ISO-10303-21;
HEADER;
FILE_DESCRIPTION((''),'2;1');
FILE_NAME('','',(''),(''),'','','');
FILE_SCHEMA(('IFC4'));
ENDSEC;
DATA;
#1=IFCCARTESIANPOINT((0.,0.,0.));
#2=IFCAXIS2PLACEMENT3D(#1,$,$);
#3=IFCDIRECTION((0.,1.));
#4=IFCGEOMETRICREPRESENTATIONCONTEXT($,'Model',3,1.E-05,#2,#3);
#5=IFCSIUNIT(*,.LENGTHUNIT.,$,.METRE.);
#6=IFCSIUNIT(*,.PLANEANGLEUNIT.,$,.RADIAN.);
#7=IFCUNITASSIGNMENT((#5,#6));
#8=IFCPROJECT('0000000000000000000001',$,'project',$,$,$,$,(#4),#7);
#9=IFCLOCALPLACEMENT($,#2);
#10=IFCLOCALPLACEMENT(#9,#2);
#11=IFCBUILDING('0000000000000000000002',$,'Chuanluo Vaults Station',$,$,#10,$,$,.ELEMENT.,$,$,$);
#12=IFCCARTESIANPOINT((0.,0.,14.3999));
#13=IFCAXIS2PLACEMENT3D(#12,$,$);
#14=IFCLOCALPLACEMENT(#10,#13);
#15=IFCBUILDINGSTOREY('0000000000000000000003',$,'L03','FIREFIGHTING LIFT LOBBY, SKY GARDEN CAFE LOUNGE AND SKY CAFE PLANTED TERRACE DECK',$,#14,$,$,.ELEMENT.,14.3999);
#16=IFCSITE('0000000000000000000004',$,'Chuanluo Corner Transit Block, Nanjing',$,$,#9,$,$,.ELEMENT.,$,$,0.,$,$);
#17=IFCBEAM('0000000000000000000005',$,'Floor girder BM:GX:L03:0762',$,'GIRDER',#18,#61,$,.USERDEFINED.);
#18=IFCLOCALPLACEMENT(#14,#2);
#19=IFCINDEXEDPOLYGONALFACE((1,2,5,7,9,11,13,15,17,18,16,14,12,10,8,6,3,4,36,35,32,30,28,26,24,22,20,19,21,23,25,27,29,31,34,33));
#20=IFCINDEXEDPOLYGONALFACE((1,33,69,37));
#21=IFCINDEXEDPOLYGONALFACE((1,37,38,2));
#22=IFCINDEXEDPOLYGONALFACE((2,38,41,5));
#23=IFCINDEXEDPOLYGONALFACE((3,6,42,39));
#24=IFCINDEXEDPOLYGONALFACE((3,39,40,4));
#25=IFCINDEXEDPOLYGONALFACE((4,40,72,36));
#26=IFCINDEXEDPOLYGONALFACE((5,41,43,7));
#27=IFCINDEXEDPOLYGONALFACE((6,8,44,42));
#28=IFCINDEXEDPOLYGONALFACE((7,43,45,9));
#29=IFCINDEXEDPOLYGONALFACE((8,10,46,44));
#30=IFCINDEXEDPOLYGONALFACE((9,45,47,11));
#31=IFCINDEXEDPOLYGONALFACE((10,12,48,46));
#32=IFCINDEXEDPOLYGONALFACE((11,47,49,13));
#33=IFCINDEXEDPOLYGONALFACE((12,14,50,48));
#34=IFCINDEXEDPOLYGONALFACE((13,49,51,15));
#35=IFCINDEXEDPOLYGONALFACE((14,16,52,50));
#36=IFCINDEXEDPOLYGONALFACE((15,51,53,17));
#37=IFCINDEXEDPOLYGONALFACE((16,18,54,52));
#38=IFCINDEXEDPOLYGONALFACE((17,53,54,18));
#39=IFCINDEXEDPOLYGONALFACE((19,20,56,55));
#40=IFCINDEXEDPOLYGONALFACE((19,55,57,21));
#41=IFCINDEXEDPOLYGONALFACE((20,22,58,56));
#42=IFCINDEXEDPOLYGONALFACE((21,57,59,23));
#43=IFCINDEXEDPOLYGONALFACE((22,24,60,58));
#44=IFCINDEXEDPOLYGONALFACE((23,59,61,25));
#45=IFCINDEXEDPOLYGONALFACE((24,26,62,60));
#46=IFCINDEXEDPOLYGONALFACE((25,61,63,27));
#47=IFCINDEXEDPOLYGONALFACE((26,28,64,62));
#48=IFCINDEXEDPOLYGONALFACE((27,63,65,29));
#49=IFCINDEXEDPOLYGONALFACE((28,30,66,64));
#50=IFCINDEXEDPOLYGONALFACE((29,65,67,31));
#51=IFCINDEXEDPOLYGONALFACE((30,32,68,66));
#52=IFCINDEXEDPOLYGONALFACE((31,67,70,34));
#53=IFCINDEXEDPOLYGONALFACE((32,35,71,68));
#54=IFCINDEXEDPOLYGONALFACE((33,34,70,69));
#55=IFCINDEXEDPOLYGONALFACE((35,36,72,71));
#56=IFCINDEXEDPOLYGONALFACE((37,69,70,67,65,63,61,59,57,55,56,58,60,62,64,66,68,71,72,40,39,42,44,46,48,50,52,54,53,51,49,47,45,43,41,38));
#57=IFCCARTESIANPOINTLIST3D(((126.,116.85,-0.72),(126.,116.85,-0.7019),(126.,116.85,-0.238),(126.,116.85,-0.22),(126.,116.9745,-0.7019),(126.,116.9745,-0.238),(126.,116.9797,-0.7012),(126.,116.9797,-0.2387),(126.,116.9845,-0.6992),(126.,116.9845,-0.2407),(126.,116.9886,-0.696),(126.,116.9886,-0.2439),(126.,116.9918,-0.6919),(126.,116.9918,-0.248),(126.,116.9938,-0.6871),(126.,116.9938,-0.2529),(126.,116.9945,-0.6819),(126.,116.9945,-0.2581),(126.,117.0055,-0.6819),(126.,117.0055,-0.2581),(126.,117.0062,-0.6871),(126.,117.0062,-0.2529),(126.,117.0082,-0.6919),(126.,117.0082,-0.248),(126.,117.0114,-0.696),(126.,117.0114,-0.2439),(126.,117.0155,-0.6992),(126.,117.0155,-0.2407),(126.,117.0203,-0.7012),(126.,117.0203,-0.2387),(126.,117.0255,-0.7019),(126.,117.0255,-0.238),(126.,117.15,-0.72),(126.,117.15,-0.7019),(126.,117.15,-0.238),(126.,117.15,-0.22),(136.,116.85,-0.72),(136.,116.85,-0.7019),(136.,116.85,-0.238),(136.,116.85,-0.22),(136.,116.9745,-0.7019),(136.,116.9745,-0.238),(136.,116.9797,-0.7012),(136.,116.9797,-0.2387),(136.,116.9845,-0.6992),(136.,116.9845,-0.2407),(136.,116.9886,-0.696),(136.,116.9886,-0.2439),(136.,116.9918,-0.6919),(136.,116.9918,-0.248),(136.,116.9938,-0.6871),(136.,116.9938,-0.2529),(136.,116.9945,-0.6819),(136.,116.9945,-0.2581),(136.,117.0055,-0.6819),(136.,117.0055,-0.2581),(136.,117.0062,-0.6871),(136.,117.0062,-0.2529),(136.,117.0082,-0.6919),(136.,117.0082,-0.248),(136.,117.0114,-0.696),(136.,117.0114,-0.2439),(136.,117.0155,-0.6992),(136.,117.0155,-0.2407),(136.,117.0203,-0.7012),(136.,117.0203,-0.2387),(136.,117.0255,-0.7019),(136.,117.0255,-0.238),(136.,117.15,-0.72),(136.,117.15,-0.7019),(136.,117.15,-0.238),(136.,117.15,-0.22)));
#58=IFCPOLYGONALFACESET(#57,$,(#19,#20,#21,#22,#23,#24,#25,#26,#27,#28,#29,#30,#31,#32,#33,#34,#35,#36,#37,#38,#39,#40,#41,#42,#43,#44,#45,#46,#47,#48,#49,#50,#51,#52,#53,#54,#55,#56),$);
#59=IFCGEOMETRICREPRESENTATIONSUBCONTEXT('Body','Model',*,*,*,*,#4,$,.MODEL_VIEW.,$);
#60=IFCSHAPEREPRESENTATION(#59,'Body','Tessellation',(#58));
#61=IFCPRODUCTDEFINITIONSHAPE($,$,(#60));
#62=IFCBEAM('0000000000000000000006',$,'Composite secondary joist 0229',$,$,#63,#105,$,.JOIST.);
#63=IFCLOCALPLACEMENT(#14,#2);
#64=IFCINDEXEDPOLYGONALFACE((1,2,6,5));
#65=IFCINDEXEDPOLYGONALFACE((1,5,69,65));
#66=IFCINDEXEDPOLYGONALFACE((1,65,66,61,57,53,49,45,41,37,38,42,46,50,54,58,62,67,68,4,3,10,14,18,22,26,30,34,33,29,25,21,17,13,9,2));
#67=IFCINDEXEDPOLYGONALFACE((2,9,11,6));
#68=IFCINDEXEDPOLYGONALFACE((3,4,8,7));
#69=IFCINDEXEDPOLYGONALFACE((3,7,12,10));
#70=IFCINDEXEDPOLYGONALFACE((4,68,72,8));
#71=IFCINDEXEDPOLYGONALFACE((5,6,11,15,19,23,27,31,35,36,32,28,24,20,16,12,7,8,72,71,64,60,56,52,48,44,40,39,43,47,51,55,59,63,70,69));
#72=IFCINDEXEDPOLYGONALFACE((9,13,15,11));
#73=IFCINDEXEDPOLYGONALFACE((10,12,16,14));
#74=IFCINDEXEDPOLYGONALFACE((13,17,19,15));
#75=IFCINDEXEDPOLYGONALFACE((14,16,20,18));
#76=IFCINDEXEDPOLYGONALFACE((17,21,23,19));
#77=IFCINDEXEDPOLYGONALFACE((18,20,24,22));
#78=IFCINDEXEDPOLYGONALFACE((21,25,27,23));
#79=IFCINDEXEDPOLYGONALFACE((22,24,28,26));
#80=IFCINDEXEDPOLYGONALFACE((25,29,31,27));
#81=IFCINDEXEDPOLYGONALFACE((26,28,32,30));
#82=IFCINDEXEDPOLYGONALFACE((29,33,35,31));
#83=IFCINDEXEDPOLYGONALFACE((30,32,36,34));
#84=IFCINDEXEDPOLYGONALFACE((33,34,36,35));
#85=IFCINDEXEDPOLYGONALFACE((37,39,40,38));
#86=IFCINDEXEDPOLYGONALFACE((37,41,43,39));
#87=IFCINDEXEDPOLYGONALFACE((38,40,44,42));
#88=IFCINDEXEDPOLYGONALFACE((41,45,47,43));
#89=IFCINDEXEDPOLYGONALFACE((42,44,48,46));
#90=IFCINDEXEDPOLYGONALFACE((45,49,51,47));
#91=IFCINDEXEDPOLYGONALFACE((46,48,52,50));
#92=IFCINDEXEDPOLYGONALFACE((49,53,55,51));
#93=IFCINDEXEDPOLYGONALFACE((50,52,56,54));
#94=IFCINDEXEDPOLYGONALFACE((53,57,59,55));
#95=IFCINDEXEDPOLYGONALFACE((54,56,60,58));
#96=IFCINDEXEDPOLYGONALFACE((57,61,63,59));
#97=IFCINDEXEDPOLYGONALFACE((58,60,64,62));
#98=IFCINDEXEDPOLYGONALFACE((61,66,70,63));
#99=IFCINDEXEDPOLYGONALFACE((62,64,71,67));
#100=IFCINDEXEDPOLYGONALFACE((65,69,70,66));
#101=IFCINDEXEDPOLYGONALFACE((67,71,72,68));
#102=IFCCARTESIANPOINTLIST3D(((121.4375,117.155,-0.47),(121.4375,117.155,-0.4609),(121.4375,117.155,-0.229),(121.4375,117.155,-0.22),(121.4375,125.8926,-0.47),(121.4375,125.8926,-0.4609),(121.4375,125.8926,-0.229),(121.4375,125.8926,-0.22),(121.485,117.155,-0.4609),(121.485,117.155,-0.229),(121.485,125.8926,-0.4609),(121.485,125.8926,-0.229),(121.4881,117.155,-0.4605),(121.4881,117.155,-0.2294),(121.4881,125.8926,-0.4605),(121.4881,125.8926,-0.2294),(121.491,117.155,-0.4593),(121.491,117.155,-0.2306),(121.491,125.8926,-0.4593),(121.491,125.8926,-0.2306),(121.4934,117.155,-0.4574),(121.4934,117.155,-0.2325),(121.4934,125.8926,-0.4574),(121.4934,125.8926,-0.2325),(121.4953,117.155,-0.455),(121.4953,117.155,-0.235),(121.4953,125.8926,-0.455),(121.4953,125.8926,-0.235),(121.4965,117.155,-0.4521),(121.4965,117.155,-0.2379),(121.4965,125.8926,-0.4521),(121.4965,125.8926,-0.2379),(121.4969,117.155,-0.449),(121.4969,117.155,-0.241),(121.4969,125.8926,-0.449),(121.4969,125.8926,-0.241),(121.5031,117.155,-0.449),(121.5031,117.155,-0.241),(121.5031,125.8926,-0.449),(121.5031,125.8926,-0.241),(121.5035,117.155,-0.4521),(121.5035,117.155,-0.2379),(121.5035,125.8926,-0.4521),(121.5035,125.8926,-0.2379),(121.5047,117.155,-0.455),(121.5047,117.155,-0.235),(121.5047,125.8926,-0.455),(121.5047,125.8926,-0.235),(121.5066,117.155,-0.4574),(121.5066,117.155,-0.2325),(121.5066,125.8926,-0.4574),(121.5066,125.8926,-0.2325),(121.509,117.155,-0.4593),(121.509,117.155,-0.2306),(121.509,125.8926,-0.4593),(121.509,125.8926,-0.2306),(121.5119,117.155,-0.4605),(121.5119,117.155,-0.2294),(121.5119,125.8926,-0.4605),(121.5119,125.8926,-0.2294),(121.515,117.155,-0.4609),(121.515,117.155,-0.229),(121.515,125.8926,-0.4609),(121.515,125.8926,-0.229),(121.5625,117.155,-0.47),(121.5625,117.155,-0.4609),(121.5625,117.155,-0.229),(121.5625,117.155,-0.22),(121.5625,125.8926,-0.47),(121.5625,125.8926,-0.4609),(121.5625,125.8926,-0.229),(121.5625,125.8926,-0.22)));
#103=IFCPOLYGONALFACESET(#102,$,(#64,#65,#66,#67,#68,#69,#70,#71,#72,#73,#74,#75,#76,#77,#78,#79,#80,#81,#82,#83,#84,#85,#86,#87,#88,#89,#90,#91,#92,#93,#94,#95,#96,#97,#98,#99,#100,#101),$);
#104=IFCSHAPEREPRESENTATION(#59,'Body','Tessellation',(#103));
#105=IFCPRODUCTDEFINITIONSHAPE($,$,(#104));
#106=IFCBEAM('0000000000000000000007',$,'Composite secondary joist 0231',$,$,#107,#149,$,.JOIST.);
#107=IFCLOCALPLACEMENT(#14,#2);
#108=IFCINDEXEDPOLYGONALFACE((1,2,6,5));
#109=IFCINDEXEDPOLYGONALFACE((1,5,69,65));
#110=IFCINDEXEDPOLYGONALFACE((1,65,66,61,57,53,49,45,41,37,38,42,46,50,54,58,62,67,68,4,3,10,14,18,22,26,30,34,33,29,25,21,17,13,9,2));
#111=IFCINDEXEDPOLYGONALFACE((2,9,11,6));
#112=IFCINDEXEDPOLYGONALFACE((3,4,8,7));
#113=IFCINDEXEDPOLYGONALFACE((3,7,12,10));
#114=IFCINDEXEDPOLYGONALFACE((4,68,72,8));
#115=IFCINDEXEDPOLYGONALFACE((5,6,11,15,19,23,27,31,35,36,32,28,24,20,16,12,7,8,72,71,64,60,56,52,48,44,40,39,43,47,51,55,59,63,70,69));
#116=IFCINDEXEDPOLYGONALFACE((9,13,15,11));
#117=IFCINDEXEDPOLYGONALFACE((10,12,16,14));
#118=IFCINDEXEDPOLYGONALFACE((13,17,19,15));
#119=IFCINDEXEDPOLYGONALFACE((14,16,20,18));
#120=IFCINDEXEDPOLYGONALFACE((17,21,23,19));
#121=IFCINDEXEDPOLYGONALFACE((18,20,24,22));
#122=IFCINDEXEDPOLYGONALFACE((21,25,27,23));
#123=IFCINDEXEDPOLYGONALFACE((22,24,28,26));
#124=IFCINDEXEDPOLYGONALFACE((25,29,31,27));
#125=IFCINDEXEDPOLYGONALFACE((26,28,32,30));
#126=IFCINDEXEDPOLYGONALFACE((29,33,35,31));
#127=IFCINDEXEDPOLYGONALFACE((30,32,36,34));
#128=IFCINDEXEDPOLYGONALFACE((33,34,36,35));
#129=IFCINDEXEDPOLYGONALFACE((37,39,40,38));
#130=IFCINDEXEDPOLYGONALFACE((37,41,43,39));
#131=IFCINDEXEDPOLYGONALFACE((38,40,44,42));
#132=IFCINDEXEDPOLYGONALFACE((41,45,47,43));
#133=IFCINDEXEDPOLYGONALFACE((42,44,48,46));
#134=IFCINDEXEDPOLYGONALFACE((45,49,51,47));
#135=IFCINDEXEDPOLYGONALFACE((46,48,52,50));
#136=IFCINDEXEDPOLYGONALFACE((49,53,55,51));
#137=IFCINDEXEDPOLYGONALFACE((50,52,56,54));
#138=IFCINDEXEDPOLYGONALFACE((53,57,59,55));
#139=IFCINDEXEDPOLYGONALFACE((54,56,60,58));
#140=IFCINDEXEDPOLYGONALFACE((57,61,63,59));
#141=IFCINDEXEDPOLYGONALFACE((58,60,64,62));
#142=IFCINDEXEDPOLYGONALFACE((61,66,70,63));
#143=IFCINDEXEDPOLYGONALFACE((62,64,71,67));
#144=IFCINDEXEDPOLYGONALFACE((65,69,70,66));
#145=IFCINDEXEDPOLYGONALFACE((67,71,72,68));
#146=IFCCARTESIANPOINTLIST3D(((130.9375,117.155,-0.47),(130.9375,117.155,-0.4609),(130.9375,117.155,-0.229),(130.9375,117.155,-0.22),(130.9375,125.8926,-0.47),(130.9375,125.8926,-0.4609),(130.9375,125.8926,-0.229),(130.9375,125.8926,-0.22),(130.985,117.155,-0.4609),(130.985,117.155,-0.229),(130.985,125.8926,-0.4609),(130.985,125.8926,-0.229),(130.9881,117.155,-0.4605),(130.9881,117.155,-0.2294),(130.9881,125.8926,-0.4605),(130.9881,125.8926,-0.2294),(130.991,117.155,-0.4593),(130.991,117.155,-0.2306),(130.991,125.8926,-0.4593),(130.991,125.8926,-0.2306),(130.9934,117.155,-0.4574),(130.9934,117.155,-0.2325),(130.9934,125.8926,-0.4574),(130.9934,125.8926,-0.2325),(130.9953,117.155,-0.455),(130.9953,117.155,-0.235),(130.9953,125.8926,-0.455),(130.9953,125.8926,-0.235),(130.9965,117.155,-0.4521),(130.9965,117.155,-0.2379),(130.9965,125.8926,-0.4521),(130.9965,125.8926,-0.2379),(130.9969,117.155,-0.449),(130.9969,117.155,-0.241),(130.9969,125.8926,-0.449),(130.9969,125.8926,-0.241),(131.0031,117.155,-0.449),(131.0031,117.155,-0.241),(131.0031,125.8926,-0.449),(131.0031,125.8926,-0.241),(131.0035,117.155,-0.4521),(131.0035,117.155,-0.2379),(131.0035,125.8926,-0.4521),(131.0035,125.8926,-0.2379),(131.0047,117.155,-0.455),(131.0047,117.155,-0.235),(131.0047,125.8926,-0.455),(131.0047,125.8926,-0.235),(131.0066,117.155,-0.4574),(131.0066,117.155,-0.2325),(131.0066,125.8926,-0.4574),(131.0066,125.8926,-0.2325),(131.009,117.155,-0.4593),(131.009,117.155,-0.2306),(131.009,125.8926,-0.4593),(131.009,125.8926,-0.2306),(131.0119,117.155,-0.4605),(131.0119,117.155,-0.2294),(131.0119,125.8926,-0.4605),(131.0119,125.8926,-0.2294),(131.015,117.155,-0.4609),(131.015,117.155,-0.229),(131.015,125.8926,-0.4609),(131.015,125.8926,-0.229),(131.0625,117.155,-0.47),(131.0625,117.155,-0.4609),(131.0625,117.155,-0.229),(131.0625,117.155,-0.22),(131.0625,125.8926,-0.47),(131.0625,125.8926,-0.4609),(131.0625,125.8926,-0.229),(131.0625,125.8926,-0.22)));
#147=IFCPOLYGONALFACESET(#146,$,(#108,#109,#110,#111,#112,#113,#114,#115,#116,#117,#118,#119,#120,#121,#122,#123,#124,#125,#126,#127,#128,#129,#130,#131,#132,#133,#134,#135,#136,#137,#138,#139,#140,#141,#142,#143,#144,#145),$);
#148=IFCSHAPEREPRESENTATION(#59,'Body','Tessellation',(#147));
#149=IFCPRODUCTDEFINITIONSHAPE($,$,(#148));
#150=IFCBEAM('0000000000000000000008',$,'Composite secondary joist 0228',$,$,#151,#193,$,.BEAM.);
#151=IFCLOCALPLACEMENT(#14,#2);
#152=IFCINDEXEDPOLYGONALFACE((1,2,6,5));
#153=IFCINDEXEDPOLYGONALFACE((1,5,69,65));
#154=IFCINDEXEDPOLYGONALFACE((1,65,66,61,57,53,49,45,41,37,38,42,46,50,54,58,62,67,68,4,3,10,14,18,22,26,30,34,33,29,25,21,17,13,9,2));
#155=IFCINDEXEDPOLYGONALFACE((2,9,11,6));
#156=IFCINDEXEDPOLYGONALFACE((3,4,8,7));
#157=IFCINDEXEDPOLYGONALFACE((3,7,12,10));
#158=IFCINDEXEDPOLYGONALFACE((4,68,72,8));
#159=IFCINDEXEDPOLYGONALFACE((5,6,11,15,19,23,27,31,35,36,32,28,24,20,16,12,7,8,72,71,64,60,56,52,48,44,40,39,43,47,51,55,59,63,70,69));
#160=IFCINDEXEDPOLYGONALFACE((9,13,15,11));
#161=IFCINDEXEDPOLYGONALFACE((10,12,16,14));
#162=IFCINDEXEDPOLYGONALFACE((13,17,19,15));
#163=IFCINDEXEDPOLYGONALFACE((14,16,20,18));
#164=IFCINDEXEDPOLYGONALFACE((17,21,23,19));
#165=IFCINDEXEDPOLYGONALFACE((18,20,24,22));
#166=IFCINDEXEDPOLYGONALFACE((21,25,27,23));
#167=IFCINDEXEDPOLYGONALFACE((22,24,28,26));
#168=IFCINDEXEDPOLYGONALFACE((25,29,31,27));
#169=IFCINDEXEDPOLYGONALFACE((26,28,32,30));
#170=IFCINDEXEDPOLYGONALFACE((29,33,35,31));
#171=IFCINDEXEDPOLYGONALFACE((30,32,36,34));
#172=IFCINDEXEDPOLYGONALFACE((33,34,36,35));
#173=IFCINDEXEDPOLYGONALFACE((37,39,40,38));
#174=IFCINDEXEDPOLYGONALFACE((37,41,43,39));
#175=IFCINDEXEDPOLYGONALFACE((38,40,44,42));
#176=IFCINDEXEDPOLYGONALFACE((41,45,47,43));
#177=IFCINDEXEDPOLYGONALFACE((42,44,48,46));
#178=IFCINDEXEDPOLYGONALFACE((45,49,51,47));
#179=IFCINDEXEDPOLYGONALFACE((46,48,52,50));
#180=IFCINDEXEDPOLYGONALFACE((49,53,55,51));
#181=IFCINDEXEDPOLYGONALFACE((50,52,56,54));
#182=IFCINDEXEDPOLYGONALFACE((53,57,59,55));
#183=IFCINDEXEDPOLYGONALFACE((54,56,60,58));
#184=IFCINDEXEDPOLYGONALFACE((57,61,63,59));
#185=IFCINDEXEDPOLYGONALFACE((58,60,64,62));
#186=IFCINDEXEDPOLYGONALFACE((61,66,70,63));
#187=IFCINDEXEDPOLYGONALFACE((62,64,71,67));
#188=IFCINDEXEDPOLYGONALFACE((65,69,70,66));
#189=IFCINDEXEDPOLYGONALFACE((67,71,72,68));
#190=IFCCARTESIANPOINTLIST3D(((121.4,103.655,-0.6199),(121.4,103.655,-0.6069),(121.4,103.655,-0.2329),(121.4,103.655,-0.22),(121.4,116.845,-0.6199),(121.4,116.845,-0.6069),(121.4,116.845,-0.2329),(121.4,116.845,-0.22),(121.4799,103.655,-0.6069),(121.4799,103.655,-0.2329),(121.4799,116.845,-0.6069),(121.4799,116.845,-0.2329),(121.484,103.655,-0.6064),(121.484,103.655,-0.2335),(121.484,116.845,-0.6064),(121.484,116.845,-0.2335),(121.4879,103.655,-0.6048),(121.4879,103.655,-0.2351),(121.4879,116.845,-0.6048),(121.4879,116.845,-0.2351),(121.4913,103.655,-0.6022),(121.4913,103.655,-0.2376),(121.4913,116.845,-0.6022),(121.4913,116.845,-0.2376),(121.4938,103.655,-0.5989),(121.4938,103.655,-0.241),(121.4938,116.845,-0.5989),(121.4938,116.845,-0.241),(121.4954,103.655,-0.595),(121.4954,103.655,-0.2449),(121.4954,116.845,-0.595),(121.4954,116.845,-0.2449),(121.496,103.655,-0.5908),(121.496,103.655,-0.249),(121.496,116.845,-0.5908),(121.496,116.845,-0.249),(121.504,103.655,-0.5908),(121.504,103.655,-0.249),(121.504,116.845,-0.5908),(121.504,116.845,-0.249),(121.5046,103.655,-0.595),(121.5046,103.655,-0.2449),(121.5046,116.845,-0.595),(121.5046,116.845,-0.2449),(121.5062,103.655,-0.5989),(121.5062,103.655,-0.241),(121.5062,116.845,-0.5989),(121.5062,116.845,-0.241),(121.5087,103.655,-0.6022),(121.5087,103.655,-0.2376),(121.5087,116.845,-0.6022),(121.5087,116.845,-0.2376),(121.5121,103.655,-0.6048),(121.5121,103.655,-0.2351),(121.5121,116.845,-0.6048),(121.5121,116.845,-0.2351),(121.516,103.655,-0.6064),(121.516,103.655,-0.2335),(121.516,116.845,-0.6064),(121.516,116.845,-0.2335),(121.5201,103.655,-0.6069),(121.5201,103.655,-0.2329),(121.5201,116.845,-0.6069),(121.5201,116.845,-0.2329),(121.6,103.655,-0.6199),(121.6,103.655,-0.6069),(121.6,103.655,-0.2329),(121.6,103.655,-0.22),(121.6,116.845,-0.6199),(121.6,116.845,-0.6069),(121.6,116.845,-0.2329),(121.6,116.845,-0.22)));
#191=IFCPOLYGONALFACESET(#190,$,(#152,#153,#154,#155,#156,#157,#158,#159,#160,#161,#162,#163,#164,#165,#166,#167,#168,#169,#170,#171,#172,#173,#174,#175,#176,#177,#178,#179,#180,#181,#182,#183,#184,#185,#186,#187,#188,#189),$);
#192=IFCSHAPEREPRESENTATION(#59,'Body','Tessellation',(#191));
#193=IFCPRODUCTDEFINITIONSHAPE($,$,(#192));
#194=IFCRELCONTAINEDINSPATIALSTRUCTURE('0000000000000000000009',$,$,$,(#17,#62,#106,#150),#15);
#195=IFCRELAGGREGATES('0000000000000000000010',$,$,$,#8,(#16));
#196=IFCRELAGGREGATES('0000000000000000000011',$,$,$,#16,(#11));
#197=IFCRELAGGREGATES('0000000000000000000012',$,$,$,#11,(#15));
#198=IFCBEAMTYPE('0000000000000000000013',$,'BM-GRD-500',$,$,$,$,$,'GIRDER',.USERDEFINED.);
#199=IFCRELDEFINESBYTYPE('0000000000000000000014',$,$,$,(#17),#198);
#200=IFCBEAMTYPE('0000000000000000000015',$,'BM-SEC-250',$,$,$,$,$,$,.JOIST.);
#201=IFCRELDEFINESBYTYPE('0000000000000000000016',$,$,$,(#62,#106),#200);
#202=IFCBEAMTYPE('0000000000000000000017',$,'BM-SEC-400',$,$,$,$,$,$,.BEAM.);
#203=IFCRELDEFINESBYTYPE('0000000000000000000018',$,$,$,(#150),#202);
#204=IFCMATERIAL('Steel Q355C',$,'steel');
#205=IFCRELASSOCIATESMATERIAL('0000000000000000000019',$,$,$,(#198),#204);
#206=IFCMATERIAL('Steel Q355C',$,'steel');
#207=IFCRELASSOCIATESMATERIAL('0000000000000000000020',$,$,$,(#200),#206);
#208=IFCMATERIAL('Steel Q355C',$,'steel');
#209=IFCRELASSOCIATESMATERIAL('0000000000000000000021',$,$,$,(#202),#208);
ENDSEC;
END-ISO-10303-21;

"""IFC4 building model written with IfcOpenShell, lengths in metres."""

from ifc_helpers import new_model, si_unit, direction, frame, origin, origin_2d, place, context, subcontext, project, spatial, i_section, extrude, material, material_profile, profile_set, type_object, element, save


model = new_model("IFC4")

# Units and contexts
model_context = context("Model", 3, precision=1e-05, world=origin(), true_north=direction((0.0, 1.0)))
body_context = subcontext(model_context, "Body", "Model", "MODEL_VIEW")
ifc_project = project(units=[si_unit("LENGTHUNIT", "METRE"), si_unit("PLANEANGLEUNIT", "RADIAN")], contexts=[model_context])

# Site, building, storey
site_placement = place(None, origin())
site = spatial("IfcSite", under=ifc_project, at=site_placement, Name="Chuanluo Corner Transit Block, Nanjing", CompositionType="ELEMENT", RefElevation=0.0)
building_placement = place(site_placement, origin())
building = spatial("IfcBuilding", under=site, at=building_placement, Name="Chuanluo Vaults Station", CompositionType="ELEMENT")
storey_placement = place(building_placement, frame((0.0, 0.0, 14.3999)))
storey = spatial("IfcBuildingStorey", under=building, at=storey_placement, Name="L03", Description="FIREFIGHTING LIFT LOBBY, SKY GARDEN CAFE LOUNGE AND SKY CAFE PLANTED TERRACE DECK", CompositionType="ELEMENT", Elevation=14.3999)

# Beams
ifc_material_1 = material(Name="Steel Q355C", Category="steel")
ifc_material_profile_1 = material_profile(ifc_material_1, i_section(OverallWidth=0.3, OverallDepth=0.5, WebThickness=0.011, FlangeThickness=0.0181, FilletRadius=0.02, at=origin_2d()))
ifc_profile_set_1 = profile_set([ifc_material_profile_1], Name="Steel Q355C")
beam_type_1 = type_object("IfcBeamType", Name="BM-GRD-500", ElementType="GIRDER", PredefinedType="USERDEFINED", material=ifc_profile_set_1)
beam_1_placement = place(storey_placement, frame((126.0, 117.0, -0.47), z_axis=(1.0, 0.0, 0.0), x_axis=(0.0, 1.0, 0.0)))
element("IfcBeam", 1, at=beam_1_placement, inside=storey, type_object=beam_type_1, Name="Floor girder BM:GX:L03:0762", ObjectType="GIRDER", PredefinedType="USERDEFINED", context=body_context, shape_type="SweptSolid", body=[
    extrude(i_section(OverallWidth=0.3, OverallDepth=0.5, WebThickness=0.011, FlangeThickness=0.0181, FilletRadius=0.02, at=origin_2d()), origin(), (0.0, 0.0, 1.0), 10.0),
])
ifc_material_2 = material(Name="Steel Q355C", Category="steel")
ifc_material_profile_2 = material_profile(ifc_material_2, i_section(OverallWidth=0.125, OverallDepth=0.25, WebThickness=0.0061, FlangeThickness=0.009, FilletRadius=0.012, at=origin_2d()))
ifc_profile_set_2 = profile_set([ifc_material_profile_2], Name="Steel Q355C")
beam_type_2 = type_object("IfcBeamType", Name="BM-SEC-250", PredefinedType="JOIST", material=ifc_profile_set_2)
for number, where, z_axis, x_axis, name in (
    (2, (121.5, 117.155, -0.345), (0.0, 1.0, 0.0), (-1.0, 0.0, 0.0), "Composite secondary joist 0229"),
    (3, (131.0, 117.155, -0.345), (0.0, 1.0, 0.0), (-1.0, 0.0, 0.0), "Composite secondary joist 0231"),
):
    element("IfcBeam", number, at=place(storey_placement, frame(where, z_axis=z_axis, x_axis=x_axis)), inside=storey, type_object=beam_type_2, Name=name, PredefinedType="JOIST", context=body_context, shape_type="SweptSolid", body=[
        extrude(i_section(OverallWidth=0.125, OverallDepth=0.25, WebThickness=0.0061, FlangeThickness=0.009, FilletRadius=0.012, at=origin_2d()), origin(), (0.0, 0.0, 1.0), 8.7375),
    ])
ifc_material_3 = material(Name="Steel Q355C", Category="steel")
ifc_material_profile_3 = material_profile(ifc_material_3, i_section(OverallWidth=0.2, OverallDepth=0.3999, WebThickness=0.0081, FlangeThickness=0.0129, FilletRadius=0.0161, at=origin_2d()))
ifc_profile_set_3 = profile_set([ifc_material_profile_3], Name="Steel Q355C")
beam_type_3 = type_object("IfcBeamType", Name="BM-SEC-400", PredefinedType="BEAM", material=ifc_profile_set_3)
for number, where, z_axis, x_axis, name in (
    (4, (121.5, 103.655, -0.4199), (0.0, 1.0, 0.0), (-1.0, 0.0, 0.0), "Composite secondary joist 0228"),
):
    element("IfcBeam", number, at=place(storey_placement, frame(where, z_axis=z_axis, x_axis=x_axis)), inside=storey, type_object=beam_type_3, Name=name, PredefinedType="BEAM", context=body_context, shape_type="SweptSolid", body=[
        extrude(i_section(OverallWidth=0.2, OverallDepth=0.3999, WebThickness=0.0081, FlangeThickness=0.0129, FilletRadius=0.0161, at=origin_2d()), origin(), (0.0, 0.0, 1.0), 13.1899),
    ])

save(model, "model.ifc")
